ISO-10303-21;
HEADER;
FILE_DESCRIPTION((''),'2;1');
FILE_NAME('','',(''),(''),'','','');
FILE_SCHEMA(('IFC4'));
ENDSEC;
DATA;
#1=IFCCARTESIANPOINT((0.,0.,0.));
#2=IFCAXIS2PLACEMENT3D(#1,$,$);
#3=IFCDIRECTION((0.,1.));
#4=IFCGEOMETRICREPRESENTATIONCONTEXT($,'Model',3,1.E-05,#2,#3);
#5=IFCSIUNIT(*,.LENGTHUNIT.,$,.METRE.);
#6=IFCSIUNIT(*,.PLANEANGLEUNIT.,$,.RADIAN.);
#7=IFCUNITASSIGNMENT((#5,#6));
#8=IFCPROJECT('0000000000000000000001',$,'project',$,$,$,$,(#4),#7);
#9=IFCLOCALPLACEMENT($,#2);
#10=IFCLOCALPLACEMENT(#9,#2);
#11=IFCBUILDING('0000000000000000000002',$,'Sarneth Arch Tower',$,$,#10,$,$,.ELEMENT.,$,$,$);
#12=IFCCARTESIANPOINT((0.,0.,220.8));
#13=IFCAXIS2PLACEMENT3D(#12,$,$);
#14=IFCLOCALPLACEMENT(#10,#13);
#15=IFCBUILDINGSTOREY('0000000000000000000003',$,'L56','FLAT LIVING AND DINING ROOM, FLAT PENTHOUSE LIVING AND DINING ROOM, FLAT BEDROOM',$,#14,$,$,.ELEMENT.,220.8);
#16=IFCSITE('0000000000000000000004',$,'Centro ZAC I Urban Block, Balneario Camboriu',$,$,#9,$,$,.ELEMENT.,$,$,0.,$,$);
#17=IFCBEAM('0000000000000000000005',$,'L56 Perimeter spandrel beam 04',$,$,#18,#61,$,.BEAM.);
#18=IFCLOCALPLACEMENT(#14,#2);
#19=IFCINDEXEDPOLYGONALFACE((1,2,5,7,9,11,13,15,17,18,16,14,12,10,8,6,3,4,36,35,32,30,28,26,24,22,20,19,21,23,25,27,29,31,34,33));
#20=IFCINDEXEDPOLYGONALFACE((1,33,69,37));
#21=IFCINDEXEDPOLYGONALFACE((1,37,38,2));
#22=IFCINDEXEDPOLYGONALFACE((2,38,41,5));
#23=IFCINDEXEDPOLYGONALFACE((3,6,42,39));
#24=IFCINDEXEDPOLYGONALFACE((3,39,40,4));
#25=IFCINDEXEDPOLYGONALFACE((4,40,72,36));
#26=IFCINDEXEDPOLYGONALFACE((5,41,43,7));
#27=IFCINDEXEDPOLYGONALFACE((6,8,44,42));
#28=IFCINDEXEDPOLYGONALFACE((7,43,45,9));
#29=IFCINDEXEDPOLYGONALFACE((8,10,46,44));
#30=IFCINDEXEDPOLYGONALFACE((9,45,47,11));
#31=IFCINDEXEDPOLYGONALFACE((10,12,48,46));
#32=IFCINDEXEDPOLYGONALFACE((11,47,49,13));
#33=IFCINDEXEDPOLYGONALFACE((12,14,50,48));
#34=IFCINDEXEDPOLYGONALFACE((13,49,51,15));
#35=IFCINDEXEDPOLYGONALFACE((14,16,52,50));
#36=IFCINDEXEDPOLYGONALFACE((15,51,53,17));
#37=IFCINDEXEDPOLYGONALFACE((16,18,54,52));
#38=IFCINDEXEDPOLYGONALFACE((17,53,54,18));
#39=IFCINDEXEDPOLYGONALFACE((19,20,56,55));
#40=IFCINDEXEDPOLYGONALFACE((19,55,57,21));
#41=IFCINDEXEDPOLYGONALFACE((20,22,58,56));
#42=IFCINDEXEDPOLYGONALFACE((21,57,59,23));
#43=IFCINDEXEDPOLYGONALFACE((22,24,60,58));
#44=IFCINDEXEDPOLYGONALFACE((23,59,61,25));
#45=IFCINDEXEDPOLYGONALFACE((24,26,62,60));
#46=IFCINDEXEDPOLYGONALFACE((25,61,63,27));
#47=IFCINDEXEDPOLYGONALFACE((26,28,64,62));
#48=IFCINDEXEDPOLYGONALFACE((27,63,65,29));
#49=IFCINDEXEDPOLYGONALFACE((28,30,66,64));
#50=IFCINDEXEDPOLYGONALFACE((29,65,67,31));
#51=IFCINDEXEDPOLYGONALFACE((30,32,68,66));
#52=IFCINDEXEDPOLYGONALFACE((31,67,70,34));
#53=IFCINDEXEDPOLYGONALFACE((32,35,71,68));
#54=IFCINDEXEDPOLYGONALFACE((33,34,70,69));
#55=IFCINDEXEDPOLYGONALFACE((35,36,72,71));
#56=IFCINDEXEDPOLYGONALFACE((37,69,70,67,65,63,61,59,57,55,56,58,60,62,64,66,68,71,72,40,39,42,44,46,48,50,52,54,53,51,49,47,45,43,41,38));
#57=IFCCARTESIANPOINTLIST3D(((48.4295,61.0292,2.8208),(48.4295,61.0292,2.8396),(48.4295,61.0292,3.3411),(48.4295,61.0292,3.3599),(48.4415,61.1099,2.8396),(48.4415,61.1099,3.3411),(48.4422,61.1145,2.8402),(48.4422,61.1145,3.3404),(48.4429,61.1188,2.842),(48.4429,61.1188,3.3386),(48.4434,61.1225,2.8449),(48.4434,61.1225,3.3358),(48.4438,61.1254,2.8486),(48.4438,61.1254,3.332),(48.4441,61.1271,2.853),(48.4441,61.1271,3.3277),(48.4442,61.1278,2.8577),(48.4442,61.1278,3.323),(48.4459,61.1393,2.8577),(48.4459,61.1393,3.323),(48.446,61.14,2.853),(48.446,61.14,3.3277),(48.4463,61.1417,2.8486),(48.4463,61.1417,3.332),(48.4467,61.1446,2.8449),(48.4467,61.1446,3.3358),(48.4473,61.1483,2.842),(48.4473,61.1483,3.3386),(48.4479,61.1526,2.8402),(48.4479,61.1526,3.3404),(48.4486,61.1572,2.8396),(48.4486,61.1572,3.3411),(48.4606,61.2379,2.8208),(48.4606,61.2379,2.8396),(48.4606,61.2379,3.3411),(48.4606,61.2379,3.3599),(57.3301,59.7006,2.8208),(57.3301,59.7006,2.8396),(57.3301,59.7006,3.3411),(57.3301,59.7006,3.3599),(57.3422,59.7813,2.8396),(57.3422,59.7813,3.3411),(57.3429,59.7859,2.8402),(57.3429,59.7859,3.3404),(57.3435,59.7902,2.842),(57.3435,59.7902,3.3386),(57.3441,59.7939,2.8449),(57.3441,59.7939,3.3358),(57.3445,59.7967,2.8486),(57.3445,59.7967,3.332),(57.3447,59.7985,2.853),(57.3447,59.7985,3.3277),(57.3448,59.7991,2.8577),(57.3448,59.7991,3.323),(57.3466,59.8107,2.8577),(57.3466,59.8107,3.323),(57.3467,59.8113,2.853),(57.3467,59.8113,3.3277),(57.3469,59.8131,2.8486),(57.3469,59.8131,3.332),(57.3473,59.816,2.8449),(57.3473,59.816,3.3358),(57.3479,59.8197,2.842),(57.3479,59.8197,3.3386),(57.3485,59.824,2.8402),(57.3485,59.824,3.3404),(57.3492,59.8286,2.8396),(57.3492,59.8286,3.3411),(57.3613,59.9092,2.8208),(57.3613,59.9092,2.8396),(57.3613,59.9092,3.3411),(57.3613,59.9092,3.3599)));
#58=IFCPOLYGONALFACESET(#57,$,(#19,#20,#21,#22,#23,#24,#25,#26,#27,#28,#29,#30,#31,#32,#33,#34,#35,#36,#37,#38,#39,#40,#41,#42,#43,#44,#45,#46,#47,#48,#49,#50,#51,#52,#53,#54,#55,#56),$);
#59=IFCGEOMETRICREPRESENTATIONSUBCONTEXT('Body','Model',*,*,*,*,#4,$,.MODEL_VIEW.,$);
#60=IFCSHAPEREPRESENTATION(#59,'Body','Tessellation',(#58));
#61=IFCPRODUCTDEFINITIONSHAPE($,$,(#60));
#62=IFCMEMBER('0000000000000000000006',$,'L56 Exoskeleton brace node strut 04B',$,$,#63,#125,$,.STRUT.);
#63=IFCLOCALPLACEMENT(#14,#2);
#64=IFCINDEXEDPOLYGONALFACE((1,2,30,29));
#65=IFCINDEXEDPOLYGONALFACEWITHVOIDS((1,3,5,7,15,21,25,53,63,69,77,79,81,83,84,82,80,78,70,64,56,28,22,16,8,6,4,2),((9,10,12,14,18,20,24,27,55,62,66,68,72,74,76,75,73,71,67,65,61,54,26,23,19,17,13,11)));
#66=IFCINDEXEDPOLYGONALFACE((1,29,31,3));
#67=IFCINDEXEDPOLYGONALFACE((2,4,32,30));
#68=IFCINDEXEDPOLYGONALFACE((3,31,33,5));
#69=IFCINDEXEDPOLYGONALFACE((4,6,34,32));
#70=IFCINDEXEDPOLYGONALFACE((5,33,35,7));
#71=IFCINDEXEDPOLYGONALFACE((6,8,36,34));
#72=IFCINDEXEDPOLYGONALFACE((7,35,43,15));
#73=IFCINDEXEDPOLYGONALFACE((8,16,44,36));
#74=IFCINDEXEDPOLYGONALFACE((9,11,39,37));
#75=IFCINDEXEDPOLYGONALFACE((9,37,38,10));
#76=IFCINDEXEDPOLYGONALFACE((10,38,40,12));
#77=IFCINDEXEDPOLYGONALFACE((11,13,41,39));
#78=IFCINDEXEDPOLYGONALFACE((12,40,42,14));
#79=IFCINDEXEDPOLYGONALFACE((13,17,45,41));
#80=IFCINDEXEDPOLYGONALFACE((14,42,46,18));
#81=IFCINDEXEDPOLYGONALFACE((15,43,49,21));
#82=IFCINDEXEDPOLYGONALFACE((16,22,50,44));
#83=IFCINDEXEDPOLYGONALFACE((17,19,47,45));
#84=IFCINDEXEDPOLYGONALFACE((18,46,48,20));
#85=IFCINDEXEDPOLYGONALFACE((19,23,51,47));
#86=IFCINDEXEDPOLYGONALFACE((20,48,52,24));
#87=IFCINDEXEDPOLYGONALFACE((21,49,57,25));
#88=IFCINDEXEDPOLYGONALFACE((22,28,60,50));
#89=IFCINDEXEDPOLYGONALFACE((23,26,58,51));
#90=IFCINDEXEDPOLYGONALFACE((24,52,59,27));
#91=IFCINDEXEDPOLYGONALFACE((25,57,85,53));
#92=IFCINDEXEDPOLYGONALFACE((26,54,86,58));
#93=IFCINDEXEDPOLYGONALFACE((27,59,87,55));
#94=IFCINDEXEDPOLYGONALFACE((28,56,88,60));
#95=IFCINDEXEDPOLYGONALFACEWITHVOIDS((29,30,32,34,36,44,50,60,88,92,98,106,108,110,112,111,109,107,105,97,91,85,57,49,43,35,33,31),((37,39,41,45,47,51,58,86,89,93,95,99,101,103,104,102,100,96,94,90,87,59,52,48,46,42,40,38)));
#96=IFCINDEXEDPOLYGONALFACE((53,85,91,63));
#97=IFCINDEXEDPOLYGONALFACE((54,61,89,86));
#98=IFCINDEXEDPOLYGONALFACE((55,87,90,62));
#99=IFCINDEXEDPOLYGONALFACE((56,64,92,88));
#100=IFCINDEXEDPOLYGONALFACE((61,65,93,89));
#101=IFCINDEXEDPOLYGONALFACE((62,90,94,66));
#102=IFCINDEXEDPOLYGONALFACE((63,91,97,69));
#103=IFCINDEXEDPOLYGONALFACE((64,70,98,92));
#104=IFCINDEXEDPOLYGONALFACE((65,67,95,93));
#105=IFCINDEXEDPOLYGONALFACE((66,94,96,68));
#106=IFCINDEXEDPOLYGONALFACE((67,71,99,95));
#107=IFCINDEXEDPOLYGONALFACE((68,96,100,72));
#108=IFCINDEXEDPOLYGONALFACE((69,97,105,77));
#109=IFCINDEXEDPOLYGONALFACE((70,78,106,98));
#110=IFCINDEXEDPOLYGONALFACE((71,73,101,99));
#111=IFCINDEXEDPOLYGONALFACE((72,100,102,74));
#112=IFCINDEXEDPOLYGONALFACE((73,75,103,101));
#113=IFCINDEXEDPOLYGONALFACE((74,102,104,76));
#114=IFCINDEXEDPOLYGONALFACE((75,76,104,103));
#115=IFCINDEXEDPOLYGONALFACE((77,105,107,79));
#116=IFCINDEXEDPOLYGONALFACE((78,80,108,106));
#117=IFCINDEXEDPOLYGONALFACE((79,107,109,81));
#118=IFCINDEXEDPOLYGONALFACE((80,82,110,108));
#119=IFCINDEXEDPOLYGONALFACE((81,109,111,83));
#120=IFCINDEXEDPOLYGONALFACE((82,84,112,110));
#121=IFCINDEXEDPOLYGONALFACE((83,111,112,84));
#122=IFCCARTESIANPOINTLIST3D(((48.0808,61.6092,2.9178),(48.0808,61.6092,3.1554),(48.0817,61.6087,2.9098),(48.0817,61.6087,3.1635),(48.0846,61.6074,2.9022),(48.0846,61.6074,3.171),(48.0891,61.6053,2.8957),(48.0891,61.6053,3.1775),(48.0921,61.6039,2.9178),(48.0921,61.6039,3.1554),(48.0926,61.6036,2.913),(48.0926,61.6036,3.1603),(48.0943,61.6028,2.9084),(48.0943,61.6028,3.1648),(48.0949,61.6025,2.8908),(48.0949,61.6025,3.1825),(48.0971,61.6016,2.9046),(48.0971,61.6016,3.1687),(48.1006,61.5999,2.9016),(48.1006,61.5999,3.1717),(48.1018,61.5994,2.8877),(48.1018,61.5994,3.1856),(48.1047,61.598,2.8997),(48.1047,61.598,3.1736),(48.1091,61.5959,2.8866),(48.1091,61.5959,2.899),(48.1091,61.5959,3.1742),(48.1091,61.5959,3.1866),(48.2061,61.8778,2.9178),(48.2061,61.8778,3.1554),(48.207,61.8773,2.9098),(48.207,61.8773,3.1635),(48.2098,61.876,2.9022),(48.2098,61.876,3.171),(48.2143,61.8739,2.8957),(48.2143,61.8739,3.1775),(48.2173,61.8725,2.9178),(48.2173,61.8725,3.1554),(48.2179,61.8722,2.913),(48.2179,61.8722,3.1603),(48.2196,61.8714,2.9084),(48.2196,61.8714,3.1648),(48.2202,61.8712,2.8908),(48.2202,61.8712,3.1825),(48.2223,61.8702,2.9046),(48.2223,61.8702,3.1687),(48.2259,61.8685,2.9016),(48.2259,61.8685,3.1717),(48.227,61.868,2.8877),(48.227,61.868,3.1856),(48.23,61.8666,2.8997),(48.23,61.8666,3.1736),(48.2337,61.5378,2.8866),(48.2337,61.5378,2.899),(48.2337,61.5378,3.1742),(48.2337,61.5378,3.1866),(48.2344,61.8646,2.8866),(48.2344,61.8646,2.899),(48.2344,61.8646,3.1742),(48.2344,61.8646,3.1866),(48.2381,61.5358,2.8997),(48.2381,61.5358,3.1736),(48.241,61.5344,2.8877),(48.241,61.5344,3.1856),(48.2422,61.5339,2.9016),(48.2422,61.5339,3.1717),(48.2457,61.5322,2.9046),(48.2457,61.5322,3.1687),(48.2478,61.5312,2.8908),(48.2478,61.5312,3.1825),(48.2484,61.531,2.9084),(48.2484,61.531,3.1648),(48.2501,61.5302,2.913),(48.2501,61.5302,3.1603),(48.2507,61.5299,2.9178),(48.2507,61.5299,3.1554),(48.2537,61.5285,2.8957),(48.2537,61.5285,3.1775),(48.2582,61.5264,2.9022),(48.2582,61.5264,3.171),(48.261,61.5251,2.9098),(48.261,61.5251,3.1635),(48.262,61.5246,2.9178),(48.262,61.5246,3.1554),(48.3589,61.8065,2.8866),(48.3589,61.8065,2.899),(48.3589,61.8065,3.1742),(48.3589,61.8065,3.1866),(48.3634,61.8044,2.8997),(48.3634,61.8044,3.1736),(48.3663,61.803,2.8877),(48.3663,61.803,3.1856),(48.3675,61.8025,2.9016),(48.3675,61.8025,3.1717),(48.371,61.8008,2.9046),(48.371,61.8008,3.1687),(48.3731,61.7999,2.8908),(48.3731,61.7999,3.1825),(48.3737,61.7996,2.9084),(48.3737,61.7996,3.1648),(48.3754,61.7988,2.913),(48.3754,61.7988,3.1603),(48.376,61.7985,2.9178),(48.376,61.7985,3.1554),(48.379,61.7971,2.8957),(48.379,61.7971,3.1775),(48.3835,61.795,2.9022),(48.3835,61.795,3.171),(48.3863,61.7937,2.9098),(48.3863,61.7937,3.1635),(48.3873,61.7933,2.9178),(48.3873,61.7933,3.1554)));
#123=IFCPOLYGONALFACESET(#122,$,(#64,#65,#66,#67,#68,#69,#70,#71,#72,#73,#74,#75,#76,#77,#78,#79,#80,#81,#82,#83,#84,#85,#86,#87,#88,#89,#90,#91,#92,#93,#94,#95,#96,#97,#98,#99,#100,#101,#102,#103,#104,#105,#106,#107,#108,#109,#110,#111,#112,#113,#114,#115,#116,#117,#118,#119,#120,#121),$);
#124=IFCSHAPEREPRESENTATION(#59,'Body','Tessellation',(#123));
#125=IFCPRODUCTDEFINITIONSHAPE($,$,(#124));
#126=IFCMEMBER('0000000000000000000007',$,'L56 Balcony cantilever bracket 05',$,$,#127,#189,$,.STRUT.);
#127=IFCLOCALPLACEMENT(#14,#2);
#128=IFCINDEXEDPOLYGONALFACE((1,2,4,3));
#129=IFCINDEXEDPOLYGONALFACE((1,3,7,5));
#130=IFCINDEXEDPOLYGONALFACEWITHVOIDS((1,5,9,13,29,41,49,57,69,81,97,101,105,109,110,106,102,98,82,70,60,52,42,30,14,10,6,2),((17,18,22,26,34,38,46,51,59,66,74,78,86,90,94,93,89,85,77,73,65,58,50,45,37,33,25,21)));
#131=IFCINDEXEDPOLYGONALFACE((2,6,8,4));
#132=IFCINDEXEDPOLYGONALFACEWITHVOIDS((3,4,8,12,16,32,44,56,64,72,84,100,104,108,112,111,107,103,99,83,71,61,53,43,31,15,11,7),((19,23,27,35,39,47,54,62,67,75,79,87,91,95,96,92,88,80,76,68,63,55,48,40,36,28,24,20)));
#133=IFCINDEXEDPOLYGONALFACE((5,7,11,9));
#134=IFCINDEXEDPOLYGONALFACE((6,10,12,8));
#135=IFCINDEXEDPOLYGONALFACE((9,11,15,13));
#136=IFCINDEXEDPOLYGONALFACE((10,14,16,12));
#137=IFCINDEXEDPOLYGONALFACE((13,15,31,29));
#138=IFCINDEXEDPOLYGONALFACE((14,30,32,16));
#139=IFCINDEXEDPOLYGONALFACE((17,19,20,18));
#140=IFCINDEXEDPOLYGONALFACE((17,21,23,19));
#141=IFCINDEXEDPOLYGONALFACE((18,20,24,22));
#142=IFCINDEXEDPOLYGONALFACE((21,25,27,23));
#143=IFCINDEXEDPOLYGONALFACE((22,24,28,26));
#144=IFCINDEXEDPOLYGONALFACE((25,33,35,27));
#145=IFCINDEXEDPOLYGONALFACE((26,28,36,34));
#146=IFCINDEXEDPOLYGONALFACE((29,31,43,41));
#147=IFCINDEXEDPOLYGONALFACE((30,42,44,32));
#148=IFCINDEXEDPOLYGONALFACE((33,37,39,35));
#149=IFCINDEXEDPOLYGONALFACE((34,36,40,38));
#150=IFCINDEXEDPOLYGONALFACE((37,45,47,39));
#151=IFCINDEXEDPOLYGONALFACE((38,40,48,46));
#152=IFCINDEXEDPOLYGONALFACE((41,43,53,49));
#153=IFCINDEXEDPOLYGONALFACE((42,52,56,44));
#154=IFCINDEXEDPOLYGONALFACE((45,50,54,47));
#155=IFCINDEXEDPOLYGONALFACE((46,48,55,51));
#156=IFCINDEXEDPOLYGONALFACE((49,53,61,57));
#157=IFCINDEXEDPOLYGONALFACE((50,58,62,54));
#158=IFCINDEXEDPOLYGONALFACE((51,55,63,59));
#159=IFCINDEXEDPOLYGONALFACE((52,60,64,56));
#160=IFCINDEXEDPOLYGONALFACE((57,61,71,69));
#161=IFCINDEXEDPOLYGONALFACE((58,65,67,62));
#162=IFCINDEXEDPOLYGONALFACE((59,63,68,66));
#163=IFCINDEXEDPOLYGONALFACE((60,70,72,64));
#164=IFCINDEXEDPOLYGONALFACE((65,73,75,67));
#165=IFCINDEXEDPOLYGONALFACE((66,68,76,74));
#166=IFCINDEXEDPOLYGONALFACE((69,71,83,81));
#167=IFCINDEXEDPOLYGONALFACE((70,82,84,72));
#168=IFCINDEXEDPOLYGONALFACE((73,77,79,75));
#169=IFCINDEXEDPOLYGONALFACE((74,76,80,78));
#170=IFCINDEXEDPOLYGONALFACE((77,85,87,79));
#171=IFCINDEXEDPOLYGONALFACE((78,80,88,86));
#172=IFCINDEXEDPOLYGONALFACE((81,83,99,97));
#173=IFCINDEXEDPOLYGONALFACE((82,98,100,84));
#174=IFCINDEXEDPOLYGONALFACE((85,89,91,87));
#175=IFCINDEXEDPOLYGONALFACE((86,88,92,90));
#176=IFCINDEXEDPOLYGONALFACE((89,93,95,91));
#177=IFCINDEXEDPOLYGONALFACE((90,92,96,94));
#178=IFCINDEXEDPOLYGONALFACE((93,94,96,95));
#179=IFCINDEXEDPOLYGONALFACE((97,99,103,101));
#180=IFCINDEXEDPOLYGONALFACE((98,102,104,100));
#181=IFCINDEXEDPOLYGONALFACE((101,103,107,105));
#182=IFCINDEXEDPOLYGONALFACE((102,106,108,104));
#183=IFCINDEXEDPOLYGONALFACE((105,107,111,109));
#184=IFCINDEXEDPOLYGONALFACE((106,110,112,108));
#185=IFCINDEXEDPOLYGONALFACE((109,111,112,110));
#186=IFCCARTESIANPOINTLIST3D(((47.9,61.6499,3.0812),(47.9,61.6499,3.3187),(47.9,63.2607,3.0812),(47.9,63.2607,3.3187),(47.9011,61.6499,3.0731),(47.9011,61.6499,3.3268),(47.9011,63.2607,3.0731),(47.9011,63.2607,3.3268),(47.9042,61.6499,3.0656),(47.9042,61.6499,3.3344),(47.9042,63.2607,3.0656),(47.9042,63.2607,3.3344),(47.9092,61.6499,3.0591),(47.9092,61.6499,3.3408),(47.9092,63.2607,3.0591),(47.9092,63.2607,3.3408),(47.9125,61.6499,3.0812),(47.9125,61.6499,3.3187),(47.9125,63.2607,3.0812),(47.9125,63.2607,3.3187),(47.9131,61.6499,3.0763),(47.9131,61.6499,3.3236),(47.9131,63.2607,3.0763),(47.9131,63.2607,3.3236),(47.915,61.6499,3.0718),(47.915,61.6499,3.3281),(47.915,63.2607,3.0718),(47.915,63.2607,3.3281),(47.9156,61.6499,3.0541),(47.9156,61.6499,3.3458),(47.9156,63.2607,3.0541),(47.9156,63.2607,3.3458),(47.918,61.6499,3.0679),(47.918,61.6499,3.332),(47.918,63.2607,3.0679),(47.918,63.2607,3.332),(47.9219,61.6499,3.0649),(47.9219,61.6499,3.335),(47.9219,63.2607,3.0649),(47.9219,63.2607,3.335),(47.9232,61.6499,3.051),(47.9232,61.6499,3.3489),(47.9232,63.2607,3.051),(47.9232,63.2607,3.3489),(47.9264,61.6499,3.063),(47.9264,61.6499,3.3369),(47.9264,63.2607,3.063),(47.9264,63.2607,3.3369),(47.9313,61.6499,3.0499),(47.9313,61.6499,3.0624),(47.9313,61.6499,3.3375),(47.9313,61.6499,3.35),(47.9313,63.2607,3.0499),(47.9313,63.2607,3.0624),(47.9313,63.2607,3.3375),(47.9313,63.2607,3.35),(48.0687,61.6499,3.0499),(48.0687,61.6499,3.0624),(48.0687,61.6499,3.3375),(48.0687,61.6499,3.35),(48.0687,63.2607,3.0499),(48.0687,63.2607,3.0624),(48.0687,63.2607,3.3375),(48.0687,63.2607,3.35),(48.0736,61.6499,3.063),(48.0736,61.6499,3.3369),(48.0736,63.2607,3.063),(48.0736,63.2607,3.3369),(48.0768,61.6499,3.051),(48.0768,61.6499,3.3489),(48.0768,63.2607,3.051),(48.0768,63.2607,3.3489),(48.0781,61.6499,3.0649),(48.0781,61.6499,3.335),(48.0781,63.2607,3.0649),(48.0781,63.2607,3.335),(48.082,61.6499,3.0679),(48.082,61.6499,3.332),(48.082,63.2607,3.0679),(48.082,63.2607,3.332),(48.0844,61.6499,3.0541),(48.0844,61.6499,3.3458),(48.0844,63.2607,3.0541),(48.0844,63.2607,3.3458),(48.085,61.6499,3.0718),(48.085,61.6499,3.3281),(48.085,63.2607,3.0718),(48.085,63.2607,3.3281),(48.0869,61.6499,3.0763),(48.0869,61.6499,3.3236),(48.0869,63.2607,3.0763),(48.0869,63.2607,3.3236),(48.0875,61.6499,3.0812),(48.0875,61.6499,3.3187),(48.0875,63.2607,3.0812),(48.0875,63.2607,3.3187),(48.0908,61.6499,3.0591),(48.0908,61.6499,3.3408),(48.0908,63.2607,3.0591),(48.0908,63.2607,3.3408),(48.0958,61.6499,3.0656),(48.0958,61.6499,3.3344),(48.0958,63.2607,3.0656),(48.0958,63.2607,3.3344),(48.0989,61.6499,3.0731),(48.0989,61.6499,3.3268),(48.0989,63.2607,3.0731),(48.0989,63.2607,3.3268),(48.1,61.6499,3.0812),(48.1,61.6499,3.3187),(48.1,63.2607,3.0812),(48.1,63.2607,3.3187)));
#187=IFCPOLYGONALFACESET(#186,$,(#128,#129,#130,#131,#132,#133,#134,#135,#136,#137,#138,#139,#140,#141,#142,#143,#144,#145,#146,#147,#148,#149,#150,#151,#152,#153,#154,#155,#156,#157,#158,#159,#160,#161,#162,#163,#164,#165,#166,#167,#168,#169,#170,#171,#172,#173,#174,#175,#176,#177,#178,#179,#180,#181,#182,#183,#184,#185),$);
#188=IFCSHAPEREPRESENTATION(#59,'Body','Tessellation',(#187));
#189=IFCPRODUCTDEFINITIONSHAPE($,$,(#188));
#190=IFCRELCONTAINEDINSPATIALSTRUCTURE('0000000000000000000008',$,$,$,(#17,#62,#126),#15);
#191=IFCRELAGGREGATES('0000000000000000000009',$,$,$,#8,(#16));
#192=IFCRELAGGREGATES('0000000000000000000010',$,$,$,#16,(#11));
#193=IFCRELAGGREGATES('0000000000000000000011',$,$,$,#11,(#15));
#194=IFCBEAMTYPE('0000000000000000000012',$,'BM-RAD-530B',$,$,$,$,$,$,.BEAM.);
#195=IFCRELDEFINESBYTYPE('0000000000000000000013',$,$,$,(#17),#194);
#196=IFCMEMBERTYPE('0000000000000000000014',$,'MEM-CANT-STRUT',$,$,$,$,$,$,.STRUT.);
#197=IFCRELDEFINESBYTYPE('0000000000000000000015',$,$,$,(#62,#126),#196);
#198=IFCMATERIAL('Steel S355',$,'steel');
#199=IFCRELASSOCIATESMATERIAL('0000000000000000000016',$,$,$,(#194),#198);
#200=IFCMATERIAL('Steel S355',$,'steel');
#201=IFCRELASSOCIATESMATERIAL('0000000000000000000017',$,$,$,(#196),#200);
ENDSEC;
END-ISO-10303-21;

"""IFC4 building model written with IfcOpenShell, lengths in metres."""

from ifc_helpers import new_model, si_unit, direction, frame, origin, origin_2d, place, context, subcontext, project, spatial, hollow_rectangle, i_section, extrude, material, material_profile, profile_set, type_object, element, save


model = new_model("IFC4")

# Units and contexts
model_context = context("Model", 3, precision=1e-05, world=origin(), true_north=direction((0.0, 1.0)))
body_context = subcontext(model_context, "Body", "Model", "MODEL_VIEW")
ifc_project = project(units=[si_unit("LENGTHUNIT", "METRE"), si_unit("PLANEANGLEUNIT", "RADIAN")], contexts=[model_context])

# Site, building, storey
site_placement = place(None, origin())
site = spatial("IfcSite", under=ifc_project, at=site_placement, Name="Centro ZAC I Urban Block, Balneario Camboriu", CompositionType="ELEMENT", RefElevation=0.0)
building_placement = place(site_placement, origin())
building = spatial("IfcBuilding", under=site, at=building_placement, Name="Sarneth Arch Tower", CompositionType="ELEMENT")
storey_placement = place(building_placement, frame((0.0, 0.0, 220.8)))
storey = spatial("IfcBuildingStorey", under=building, at=storey_placement, Name="L56", Description="FLAT LIVING AND DINING ROOM, FLAT PENTHOUSE LIVING AND DINING ROOM, FLAT BEDROOM", CompositionType="ELEMENT", Elevation=220.8)

# Beam
ifc_material_1 = material(Name="Steel S355", Category="steel")
ifc_material_profile_1 = material_profile(ifc_material_1, i_section(OverallWidth=0.2109, OverallDepth=0.5391, WebThickness=0.0117, FlangeThickness=0.0188, FilletRadius=0.0181, at=origin_2d()), Name="W530x109")
ifc_profile_set_1 = profile_set([ifc_material_profile_1], Name="Steel S355")
beam_type = type_object("IfcBeamType", Name="BM-RAD-530B", PredefinedType="BEAM", material=ifc_profile_set_1)
beam_placement = place(storey_placement, frame((57.3457, 59.8049, 3.0903), z_axis=(-0.989042, 0.147636, 0.0), x_axis=(-0.147636, -0.989042, 0.0)))
element("IfcBeam", 1, at=beam_placement, inside=storey, type_object=beam_type, Name="L56 Perimeter spandrel beam 04", PredefinedType="BEAM", context=body_context, shape_type="SweptSolid", body=[
    extrude(i_section(OverallWidth=0.2109, OverallDepth=0.5391, WebThickness=0.0117, FlangeThickness=0.0188, FilletRadius=0.0181, at=origin_2d()), origin(), (0.0, 0.0, 1.0), 8.9993),
])

# Members
ifc_material_2 = material(Name="Steel S355", Category="steel")
ifc_material_profile_2 = material_profile(ifc_material_2, hollow_rectangle(XDim=0.2, YDim=0.3, WallThickness=0.0125, InnerFilletRadius=0.0188, OuterFilletRadius=0.0312, at=origin_2d()), Name="RHS300x200x12.5")
ifc_profile_set_2 = profile_set([ifc_material_profile_2], Name="Steel S355")
member_type_1 = type_object("IfcMemberType", Name="MEM-CANT-STRUT", PredefinedType="STRUT", material=ifc_profile_set_2)
member_1_placement = place(storey_placement, frame((48.1714, 61.5669, 3.0366), z_axis=(0.42266, 0.906288, 0.0), x_axis=(-0.906288, 0.42266, 0.0)))
element("IfcMember", 2, at=member_1_placement, inside=storey, type_object=member_type_1, Name="L56 Exoskeleton brace node strut 04B", PredefinedType="STRUT", context=body_context, shape_type="SweptSolid", body=[
    extrude(hollow_rectangle(XDim=0.2, YDim=0.3, WallThickness=0.0125, InnerFilletRadius=0.0188, OuterFilletRadius=0.0312, at=origin_2d()), origin(), (0.0, 0.0, 1.0), 0.2964),
])
member_2_placement = place(storey_placement, frame((48.0, 61.6499, 3.2), z_axis=(0.0, 1.0, 0.0), x_axis=(-1.0, 0.0, 0.0)))
element("IfcMember", 3, at=member_2_placement, inside=storey, type_object=member_type_1, Name="L56 Balcony cantilever bracket 05", PredefinedType="STRUT", context=body_context, shape_type="SweptSolid", body=[
    extrude(hollow_rectangle(XDim=0.2, YDim=0.3, WallThickness=0.0125, InnerFilletRadius=0.0188, OuterFilletRadius=0.0312, at=origin_2d()), origin(), (0.0, 0.0, 1.0), 1.6108),
])

save(model, "model.ifc")
